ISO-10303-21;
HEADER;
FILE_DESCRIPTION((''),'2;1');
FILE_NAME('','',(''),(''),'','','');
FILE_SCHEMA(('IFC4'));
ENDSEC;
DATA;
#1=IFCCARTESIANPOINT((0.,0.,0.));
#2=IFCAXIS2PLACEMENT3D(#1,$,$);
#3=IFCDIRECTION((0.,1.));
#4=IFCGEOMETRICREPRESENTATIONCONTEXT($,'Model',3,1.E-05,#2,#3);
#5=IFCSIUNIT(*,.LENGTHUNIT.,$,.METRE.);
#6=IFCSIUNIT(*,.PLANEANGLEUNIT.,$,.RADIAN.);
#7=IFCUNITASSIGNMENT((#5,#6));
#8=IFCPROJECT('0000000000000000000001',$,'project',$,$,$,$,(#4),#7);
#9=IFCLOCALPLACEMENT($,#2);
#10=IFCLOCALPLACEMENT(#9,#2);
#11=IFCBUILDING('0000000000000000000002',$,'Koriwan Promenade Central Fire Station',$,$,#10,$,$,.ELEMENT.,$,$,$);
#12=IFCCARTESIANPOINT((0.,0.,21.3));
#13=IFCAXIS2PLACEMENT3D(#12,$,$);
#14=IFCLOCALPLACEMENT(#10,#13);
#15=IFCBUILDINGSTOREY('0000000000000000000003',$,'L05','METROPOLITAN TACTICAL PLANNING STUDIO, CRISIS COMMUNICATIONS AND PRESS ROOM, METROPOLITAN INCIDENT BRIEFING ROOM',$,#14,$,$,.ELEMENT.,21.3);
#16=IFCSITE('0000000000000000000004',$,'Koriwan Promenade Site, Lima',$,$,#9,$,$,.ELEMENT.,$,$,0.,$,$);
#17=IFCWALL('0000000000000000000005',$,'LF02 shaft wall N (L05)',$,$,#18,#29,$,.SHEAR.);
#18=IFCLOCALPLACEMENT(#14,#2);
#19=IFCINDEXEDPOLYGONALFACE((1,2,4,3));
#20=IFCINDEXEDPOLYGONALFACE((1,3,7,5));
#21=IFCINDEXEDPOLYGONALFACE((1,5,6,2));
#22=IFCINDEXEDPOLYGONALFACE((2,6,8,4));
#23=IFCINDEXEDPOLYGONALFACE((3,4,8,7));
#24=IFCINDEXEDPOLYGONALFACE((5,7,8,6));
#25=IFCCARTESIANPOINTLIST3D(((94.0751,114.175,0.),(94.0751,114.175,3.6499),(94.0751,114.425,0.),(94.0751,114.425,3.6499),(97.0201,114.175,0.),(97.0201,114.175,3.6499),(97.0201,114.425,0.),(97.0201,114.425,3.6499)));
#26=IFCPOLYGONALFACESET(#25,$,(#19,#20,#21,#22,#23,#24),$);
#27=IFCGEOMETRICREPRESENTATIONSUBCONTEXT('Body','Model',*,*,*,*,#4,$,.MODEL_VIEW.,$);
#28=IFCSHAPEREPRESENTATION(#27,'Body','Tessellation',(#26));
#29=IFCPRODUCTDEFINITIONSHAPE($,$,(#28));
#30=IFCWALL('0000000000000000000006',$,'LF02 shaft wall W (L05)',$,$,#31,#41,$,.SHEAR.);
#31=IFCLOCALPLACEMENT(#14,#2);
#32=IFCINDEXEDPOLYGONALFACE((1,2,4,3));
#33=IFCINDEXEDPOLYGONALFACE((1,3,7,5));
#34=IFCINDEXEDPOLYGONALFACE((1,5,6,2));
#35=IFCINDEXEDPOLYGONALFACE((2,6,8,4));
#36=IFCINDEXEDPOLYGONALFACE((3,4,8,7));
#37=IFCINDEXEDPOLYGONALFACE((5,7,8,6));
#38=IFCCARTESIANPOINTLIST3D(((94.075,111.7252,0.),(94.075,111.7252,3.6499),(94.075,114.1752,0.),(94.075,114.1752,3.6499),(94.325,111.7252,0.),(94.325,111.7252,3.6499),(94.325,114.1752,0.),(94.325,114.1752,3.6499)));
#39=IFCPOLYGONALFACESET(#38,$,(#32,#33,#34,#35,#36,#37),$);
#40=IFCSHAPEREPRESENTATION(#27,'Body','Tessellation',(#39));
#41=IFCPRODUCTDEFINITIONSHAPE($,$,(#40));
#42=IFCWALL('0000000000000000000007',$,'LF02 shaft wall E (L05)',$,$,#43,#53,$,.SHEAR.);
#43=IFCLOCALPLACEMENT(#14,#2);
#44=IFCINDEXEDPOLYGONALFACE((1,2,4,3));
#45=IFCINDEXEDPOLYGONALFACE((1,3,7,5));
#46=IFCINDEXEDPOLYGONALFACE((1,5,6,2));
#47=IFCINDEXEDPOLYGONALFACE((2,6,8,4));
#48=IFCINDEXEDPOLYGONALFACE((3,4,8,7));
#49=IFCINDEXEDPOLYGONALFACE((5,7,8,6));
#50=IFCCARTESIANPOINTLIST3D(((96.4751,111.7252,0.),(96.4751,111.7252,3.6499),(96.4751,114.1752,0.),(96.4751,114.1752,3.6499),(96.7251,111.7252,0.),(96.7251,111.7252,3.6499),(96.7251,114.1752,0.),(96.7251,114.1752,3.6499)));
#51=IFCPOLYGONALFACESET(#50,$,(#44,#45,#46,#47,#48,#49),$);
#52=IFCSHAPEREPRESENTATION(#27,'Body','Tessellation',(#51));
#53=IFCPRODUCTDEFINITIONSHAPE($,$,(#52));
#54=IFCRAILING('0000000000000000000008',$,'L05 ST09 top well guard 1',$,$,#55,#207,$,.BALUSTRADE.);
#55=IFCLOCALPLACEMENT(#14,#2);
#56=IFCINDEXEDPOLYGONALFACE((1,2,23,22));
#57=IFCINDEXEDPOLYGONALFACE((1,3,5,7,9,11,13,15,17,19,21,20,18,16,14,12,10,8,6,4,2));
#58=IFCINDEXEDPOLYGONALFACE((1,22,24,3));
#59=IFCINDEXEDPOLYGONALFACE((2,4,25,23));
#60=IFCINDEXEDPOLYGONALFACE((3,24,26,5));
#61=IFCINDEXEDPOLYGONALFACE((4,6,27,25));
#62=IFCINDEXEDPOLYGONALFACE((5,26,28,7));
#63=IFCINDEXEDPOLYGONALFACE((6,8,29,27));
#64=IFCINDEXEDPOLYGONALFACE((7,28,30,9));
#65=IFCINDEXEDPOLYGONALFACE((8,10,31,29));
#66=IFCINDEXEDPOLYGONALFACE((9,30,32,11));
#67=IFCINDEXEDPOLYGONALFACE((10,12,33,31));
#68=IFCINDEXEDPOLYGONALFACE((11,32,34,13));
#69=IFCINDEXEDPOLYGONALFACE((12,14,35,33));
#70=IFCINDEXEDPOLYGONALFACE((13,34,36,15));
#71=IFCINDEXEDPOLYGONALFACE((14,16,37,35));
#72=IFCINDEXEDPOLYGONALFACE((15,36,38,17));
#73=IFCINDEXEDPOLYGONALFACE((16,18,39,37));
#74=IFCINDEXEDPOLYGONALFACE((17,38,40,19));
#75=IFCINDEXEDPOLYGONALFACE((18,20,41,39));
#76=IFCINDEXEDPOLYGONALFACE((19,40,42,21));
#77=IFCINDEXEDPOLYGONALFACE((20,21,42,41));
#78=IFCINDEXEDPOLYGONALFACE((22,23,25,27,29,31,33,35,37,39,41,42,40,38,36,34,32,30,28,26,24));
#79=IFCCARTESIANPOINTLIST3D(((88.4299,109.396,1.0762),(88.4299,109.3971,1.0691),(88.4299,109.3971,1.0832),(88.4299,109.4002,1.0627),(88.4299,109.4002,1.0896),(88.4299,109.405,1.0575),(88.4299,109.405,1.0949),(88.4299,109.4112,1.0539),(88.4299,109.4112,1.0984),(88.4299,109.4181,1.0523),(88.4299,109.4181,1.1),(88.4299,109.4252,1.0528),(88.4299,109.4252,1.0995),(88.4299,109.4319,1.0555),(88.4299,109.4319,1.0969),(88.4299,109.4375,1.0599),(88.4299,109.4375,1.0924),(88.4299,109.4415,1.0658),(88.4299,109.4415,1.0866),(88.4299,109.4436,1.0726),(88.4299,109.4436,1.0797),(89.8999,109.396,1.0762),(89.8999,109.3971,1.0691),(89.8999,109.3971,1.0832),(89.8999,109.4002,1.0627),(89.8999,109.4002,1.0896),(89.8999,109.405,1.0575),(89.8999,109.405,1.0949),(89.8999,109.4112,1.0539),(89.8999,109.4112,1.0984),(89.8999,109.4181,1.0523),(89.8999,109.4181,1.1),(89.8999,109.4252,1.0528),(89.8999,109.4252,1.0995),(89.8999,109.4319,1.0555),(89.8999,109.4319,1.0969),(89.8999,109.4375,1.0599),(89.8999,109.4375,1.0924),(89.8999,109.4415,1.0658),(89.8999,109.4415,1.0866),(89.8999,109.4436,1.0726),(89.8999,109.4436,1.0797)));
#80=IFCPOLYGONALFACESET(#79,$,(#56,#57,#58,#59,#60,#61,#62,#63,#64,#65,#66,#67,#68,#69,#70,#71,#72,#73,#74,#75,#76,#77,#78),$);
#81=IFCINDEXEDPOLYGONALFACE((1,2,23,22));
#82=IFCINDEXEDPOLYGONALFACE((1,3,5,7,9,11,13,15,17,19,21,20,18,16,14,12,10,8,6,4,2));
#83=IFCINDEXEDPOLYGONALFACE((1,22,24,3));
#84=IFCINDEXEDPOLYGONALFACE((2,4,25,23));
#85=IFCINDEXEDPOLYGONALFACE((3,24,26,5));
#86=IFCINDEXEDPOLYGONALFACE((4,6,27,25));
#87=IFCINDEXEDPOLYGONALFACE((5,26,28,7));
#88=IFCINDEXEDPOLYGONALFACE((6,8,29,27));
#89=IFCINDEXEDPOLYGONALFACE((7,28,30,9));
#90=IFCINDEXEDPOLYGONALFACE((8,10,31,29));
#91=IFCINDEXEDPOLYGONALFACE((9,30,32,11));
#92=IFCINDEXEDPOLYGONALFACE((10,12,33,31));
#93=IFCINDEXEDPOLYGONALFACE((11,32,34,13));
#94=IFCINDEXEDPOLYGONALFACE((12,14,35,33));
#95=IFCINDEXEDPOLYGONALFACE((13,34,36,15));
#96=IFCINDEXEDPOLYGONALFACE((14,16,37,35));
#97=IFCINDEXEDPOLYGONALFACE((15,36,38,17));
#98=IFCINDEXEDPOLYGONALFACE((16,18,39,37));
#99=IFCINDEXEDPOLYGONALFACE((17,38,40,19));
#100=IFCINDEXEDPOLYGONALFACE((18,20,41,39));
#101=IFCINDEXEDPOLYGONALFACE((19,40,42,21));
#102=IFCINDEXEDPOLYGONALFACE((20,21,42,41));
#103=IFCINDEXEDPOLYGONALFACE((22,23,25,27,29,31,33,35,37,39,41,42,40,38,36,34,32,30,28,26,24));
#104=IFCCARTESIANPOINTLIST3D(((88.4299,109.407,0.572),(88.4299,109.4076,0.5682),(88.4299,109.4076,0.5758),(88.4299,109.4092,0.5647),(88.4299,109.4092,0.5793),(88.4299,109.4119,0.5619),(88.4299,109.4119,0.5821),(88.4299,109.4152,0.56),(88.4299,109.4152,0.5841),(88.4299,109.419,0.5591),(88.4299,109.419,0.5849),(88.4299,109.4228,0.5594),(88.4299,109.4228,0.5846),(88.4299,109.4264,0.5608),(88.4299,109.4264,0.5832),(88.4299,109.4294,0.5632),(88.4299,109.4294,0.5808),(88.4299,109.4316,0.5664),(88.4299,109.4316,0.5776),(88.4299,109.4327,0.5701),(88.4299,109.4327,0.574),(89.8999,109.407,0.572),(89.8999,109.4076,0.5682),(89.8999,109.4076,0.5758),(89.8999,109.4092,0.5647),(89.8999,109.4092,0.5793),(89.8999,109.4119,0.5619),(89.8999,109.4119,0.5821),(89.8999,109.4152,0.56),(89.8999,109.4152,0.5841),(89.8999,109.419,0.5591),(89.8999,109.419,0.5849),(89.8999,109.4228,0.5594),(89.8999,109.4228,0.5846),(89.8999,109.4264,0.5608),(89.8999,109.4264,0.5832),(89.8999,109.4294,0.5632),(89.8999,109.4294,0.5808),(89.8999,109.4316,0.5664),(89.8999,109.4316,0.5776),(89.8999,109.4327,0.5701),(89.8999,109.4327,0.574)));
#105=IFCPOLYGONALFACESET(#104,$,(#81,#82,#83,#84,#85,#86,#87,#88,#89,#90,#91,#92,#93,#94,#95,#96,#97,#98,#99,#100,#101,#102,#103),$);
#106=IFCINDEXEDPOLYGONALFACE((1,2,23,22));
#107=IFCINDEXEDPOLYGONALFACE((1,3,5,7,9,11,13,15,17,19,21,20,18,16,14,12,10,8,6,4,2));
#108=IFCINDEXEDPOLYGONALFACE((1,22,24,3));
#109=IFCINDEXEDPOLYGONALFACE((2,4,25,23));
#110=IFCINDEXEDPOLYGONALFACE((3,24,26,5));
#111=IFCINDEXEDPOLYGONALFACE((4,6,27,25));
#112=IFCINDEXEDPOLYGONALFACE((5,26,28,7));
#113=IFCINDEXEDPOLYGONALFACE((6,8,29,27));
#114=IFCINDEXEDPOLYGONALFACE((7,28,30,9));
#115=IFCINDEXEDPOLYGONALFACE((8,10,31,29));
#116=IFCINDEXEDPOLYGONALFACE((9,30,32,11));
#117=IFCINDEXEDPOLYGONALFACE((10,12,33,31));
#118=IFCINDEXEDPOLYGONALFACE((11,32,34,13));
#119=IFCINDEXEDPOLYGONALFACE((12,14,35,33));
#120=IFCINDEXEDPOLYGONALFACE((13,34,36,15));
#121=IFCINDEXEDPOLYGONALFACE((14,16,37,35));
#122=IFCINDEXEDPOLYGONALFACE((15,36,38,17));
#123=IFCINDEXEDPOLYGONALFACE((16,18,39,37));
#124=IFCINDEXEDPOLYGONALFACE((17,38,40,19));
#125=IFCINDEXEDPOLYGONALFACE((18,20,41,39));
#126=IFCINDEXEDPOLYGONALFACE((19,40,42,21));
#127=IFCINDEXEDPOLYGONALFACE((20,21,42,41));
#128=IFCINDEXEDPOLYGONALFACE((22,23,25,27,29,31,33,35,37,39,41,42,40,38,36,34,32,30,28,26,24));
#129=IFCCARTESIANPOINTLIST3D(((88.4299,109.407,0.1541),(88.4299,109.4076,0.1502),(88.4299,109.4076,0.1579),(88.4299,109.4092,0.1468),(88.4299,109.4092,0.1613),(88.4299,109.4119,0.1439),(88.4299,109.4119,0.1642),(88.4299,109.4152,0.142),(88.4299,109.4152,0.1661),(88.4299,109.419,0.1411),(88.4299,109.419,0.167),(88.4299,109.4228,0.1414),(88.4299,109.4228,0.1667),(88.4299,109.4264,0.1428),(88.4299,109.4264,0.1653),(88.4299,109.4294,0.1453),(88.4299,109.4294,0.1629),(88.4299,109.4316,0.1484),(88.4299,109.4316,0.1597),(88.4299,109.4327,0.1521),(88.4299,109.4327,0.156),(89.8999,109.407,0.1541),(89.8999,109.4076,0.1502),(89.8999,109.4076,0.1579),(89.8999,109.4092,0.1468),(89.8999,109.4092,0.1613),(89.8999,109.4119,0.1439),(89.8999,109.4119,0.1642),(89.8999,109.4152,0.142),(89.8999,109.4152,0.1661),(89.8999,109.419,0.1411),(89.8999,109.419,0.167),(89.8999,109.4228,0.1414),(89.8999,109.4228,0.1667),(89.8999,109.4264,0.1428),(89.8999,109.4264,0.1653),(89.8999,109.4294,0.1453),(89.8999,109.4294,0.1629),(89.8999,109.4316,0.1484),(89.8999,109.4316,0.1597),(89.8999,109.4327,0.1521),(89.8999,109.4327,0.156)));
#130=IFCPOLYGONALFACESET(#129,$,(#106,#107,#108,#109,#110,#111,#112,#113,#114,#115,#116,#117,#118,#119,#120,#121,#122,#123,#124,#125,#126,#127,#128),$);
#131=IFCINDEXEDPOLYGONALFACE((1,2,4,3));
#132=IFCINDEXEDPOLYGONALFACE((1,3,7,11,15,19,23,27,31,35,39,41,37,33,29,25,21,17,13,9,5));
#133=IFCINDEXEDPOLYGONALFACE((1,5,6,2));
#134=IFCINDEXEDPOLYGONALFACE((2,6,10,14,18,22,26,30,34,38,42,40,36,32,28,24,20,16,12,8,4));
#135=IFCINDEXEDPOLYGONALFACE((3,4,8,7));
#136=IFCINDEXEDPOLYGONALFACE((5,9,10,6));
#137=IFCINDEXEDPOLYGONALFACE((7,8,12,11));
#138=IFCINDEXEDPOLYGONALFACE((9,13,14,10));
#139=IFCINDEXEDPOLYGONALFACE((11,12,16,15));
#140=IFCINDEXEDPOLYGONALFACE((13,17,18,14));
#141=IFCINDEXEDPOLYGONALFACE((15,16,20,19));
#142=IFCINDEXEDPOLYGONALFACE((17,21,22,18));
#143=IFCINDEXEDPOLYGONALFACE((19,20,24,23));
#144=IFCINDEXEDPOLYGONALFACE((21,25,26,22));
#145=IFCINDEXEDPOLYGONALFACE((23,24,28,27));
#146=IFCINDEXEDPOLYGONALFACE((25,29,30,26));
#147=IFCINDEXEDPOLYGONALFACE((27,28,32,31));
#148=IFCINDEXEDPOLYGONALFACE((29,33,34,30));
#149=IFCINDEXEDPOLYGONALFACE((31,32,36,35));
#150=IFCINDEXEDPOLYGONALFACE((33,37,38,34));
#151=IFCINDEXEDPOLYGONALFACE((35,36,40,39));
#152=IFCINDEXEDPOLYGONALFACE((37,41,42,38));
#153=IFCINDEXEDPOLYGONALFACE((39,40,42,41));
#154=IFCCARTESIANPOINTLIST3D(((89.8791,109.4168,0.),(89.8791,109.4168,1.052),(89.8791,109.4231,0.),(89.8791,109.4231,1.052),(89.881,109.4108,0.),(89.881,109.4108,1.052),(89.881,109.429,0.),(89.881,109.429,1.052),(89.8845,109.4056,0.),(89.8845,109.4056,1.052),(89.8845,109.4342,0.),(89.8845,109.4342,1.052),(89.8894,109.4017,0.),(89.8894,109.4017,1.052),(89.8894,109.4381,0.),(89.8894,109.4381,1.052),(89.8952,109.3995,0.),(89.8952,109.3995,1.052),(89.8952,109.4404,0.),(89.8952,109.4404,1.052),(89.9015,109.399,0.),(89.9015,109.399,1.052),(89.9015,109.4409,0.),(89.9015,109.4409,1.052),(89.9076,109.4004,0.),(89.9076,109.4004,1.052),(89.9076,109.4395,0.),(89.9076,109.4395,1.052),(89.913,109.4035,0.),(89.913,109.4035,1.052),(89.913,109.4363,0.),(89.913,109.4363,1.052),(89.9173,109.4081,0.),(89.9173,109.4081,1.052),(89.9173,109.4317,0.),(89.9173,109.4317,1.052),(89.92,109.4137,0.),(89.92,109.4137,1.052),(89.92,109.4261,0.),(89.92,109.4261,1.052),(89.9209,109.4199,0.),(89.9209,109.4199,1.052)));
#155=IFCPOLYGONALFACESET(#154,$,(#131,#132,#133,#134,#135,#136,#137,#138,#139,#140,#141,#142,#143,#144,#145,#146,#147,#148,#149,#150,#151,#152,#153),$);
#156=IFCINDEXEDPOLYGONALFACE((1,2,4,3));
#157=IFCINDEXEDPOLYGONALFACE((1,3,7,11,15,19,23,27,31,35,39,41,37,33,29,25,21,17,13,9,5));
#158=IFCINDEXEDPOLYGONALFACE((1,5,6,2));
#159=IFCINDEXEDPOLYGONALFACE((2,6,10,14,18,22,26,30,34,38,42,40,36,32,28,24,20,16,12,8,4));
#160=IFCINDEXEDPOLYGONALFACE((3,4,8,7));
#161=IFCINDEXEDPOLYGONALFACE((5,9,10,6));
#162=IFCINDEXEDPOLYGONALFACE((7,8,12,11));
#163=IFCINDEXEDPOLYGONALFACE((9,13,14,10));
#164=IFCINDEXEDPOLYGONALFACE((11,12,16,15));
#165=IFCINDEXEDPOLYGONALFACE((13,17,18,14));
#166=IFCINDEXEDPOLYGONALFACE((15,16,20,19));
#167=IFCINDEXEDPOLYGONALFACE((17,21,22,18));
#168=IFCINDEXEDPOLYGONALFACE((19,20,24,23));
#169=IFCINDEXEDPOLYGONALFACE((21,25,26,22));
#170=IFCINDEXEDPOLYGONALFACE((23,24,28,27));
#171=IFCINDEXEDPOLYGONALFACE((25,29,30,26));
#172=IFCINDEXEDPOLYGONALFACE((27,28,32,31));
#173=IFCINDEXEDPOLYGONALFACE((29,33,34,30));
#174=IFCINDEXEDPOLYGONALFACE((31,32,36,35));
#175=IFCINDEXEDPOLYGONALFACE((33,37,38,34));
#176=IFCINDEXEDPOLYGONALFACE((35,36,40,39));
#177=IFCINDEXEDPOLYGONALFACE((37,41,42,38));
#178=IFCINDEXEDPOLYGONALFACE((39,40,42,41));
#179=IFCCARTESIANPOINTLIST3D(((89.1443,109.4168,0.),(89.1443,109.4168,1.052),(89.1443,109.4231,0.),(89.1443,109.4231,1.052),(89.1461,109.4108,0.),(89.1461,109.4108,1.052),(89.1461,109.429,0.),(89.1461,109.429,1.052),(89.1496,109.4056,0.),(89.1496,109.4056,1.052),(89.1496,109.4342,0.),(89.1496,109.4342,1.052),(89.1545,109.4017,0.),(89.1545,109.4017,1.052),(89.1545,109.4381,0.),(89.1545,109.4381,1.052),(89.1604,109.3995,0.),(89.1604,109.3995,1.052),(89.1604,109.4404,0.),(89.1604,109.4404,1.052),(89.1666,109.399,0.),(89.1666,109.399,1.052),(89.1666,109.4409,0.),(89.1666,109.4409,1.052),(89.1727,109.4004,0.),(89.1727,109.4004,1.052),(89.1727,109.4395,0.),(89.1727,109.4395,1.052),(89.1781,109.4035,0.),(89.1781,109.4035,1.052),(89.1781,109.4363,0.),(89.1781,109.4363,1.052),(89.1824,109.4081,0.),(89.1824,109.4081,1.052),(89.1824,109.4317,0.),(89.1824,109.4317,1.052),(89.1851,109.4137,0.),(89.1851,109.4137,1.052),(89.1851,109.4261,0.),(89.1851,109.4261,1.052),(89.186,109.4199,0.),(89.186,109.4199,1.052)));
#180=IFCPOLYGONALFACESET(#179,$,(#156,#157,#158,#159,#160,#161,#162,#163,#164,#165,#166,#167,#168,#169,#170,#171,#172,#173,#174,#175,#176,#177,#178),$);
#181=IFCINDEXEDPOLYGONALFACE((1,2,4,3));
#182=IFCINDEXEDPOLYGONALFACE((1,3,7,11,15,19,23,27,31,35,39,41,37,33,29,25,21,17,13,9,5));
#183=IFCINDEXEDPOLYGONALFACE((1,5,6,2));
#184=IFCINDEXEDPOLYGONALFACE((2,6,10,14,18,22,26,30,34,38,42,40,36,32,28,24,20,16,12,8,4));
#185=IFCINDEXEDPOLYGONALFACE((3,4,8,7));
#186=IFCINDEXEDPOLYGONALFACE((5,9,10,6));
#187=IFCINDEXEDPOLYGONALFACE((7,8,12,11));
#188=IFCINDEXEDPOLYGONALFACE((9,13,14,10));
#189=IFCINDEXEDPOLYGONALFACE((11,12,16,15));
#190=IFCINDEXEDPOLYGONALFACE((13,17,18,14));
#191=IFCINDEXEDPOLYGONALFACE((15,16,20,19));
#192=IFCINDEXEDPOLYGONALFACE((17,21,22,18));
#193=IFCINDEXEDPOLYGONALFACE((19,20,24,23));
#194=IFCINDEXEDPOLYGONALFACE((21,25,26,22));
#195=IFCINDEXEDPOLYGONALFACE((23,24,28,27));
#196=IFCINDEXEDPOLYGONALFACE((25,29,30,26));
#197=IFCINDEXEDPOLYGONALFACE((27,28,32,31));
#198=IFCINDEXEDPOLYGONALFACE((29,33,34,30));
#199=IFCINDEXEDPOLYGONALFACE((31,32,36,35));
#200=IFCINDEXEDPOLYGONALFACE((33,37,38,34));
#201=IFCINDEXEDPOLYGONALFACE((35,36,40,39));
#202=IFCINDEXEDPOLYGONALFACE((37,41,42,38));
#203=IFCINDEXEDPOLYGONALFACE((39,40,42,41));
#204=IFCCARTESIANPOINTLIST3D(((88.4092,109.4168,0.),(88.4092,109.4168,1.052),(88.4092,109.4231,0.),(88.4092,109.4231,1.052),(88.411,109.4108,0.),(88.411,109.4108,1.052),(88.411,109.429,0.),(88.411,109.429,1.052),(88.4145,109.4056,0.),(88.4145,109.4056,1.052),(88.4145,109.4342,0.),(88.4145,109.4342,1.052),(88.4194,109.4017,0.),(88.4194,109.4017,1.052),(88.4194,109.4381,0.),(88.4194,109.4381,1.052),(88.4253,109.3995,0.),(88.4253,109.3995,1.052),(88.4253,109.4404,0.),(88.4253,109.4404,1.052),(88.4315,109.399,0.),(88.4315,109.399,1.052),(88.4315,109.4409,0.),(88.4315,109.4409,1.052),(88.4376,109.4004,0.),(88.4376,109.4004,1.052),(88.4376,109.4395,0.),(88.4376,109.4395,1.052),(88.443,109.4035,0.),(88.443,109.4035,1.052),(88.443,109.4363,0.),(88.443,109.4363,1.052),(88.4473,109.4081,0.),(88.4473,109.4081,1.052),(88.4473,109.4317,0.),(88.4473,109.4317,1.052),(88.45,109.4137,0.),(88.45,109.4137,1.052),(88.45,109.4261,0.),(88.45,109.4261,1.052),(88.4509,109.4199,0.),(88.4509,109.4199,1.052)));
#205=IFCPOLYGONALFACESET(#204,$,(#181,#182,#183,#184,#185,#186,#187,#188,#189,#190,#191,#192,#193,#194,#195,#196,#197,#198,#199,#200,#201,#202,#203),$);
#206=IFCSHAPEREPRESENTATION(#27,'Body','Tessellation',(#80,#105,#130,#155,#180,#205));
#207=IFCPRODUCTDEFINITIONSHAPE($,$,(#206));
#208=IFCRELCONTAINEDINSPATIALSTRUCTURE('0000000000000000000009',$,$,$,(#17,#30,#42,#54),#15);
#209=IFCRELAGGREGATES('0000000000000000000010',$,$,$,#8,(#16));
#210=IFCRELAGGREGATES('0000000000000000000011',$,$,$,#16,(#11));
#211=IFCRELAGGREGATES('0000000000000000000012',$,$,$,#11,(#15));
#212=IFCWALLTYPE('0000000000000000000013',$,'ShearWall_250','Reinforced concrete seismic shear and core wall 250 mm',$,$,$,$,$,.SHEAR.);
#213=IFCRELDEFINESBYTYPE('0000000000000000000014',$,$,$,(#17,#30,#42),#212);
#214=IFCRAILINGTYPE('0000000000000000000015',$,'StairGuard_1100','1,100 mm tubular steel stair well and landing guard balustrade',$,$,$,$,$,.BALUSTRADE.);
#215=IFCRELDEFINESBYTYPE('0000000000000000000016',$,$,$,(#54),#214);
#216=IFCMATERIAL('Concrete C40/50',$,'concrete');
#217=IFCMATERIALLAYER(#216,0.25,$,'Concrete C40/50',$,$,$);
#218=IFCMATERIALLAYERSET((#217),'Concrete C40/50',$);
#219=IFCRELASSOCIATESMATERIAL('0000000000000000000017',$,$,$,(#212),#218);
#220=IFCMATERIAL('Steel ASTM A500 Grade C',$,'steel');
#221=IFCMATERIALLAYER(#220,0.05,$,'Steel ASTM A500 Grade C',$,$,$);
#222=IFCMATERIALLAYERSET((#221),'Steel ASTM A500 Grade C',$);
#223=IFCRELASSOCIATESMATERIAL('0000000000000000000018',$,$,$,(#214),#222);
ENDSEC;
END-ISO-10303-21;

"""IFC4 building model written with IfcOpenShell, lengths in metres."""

from ifc_helpers import new_model, si_unit, direction, frame, frame_2d, origin, origin_2d, place, context, subcontext, project, spatial, rectangle, circle, extrude, material, layer, layer_set, type_object, element, save


model = new_model("IFC4")

# Units and contexts
model_context = context("Model", 3, precision=1e-05, world=origin(), true_north=direction((0.0, 1.0)))
body_context = subcontext(model_context, "Body", "Model", "MODEL_VIEW")
ifc_project = project(units=[si_unit("LENGTHUNIT", "METRE"), si_unit("PLANEANGLEUNIT", "RADIAN")], contexts=[model_context])

# Site, building, storey
site_placement = place(None, origin())
site = spatial("IfcSite", under=ifc_project, at=site_placement, Name="Koriwan Promenade Site, Lima", CompositionType="ELEMENT", RefElevation=0.0)
building_placement = place(site_placement, origin())
building = spatial("IfcBuilding", under=site, at=building_placement, Name="Koriwan Promenade Central Fire Station", CompositionType="ELEMENT")
storey_placement = place(building_placement, frame((0.0, 0.0, 21.3)))
storey = spatial("IfcBuildingStorey", under=building, at=storey_placement, Name="L05", Description="METROPOLITAN TACTICAL PLANNING STUDIO, CRISIS COMMUNICATIONS AND PRESS ROOM, METROPOLITAN INCIDENT BRIEFING ROOM", CompositionType="ELEMENT", Elevation=21.3)

# Shared definitions
ifc_material_1 = material(Name="Concrete C40/50", Category="concrete")

# Shared definitions
ifc_layer_1 = layer(ifc_material_1, 0.25, Name="Concrete C40/50")
ifc_layer_set_1 = layer_set([ifc_layer_1], Name="Concrete C40/50")
wall_type_1 = type_object("IfcWallType", Name="ShearWall_250", Description="Reinforced concrete seismic shear and core wall 250 mm", PredefinedType="SHEAR", material=ifc_layer_set_1)

# Walls
wall_1_placement = place(storey_placement, frame((94.075, 114.3, 0.0), z_axis=(0.0, 0.0, 1.0), x_axis=(1.0, 0.0, 0.0)))
element("IfcWall", 1, at=wall_1_placement, inside=storey, type_object=wall_type_1, Name="LF02 shaft wall N (L05)", PredefinedType="SHEAR", context=body_context, shape_type="SweptSolid", body=[
    extrude(rectangle(XDim=2.9451, YDim=0.25, at=frame_2d((1.4727, 0.0))), origin(), (0.0, 0.0, 1.0), 3.6499),
])
for number, where, z_axis, x_axis, name in (
    (2, (94.2, 111.7251, 0.0), (0.0, 0.0, 1.0), (0.0, 1.0, 0.0), "LF02 shaft wall W (L05)"),
    (3, (96.6001, 111.7251, 0.0), (0.0, 0.0, 1.0), (0.0, 1.0, 0.0), "LF02 shaft wall E (L05)"),
):
    element("IfcWall", number, at=place(storey_placement, frame(where, z_axis=z_axis, x_axis=x_axis)), inside=storey, type_object=wall_type_1, Name=name, PredefinedType="SHEAR", context=body_context, shape_type="SweptSolid", body=[
        extrude(rectangle(XDim=2.45, YDim=0.25, at=frame_2d((1.2251, 0.0))), origin(), (0.0, 0.0, 1.0), 3.6499),
    ])

# Railing
ifc_material_2 = material(Name="Steel ASTM A500 Grade C", Category="steel")
ifc_layer_2 = layer(ifc_material_2, 0.05, Name="Steel ASTM A500 Grade C")
ifc_layer_set_2 = layer_set([ifc_layer_2], Name="Steel ASTM A500 Grade C")
railing_type = type_object("IfcRailingType", Name="StairGuard_1100", Description="1,100 mm tubular steel stair well and landing guard balustrade", PredefinedType="BALUSTRADE", material=ifc_layer_set_2)
railing_placement = place(storey_placement, frame((89.8999, 109.4199, 0.0)))
element("IfcRailing", 4, at=railing_placement, inside=storey, type_object=railing_type, Name="L05 ST09 top well guard 1", PredefinedType="BALUSTRADE", context=body_context, shape_type="SweptSolid", body=[
    extrude(circle(Radius=0.0239, at=origin_2d()), frame((0.0, 0.0, 1.0762), z_axis=(-1.0, 0.0, 0.0), x_axis=(0.0, -1.0, 0.0)), (0.0, 0.0, 1.0), 1.47),
    extrude(circle(Radius=0.0129, at=origin_2d()), frame((0.0, 0.0, 0.572), z_axis=(-1.0, 0.0, 0.0), x_axis=(0.0, -1.0, 0.0)), (0.0, 0.0, 1.0), 1.47),
    extrude(circle(Radius=0.0129, at=origin_2d()), frame((0.0, 0.0, 0.1541), z_axis=(-1.0, 0.0, 0.0), x_axis=(0.0, -1.0, 0.0)), (0.0, 0.0, 1.0), 1.47),
    extrude(circle(Radius=0.021, at=origin_2d()), origin(), (0.0, 0.0, 1.0), 1.052),
    extrude(circle(Radius=0.021, at=origin_2d()), frame((-0.7349, 0.0, 0.0)), (0.0, 0.0, 1.0), 1.052),
    extrude(circle(Radius=0.021, at=origin_2d()), frame((-1.47, 0.0, 0.0)), (0.0, 0.0, 1.0), 1.052),
])

save(model, "model.ifc")
